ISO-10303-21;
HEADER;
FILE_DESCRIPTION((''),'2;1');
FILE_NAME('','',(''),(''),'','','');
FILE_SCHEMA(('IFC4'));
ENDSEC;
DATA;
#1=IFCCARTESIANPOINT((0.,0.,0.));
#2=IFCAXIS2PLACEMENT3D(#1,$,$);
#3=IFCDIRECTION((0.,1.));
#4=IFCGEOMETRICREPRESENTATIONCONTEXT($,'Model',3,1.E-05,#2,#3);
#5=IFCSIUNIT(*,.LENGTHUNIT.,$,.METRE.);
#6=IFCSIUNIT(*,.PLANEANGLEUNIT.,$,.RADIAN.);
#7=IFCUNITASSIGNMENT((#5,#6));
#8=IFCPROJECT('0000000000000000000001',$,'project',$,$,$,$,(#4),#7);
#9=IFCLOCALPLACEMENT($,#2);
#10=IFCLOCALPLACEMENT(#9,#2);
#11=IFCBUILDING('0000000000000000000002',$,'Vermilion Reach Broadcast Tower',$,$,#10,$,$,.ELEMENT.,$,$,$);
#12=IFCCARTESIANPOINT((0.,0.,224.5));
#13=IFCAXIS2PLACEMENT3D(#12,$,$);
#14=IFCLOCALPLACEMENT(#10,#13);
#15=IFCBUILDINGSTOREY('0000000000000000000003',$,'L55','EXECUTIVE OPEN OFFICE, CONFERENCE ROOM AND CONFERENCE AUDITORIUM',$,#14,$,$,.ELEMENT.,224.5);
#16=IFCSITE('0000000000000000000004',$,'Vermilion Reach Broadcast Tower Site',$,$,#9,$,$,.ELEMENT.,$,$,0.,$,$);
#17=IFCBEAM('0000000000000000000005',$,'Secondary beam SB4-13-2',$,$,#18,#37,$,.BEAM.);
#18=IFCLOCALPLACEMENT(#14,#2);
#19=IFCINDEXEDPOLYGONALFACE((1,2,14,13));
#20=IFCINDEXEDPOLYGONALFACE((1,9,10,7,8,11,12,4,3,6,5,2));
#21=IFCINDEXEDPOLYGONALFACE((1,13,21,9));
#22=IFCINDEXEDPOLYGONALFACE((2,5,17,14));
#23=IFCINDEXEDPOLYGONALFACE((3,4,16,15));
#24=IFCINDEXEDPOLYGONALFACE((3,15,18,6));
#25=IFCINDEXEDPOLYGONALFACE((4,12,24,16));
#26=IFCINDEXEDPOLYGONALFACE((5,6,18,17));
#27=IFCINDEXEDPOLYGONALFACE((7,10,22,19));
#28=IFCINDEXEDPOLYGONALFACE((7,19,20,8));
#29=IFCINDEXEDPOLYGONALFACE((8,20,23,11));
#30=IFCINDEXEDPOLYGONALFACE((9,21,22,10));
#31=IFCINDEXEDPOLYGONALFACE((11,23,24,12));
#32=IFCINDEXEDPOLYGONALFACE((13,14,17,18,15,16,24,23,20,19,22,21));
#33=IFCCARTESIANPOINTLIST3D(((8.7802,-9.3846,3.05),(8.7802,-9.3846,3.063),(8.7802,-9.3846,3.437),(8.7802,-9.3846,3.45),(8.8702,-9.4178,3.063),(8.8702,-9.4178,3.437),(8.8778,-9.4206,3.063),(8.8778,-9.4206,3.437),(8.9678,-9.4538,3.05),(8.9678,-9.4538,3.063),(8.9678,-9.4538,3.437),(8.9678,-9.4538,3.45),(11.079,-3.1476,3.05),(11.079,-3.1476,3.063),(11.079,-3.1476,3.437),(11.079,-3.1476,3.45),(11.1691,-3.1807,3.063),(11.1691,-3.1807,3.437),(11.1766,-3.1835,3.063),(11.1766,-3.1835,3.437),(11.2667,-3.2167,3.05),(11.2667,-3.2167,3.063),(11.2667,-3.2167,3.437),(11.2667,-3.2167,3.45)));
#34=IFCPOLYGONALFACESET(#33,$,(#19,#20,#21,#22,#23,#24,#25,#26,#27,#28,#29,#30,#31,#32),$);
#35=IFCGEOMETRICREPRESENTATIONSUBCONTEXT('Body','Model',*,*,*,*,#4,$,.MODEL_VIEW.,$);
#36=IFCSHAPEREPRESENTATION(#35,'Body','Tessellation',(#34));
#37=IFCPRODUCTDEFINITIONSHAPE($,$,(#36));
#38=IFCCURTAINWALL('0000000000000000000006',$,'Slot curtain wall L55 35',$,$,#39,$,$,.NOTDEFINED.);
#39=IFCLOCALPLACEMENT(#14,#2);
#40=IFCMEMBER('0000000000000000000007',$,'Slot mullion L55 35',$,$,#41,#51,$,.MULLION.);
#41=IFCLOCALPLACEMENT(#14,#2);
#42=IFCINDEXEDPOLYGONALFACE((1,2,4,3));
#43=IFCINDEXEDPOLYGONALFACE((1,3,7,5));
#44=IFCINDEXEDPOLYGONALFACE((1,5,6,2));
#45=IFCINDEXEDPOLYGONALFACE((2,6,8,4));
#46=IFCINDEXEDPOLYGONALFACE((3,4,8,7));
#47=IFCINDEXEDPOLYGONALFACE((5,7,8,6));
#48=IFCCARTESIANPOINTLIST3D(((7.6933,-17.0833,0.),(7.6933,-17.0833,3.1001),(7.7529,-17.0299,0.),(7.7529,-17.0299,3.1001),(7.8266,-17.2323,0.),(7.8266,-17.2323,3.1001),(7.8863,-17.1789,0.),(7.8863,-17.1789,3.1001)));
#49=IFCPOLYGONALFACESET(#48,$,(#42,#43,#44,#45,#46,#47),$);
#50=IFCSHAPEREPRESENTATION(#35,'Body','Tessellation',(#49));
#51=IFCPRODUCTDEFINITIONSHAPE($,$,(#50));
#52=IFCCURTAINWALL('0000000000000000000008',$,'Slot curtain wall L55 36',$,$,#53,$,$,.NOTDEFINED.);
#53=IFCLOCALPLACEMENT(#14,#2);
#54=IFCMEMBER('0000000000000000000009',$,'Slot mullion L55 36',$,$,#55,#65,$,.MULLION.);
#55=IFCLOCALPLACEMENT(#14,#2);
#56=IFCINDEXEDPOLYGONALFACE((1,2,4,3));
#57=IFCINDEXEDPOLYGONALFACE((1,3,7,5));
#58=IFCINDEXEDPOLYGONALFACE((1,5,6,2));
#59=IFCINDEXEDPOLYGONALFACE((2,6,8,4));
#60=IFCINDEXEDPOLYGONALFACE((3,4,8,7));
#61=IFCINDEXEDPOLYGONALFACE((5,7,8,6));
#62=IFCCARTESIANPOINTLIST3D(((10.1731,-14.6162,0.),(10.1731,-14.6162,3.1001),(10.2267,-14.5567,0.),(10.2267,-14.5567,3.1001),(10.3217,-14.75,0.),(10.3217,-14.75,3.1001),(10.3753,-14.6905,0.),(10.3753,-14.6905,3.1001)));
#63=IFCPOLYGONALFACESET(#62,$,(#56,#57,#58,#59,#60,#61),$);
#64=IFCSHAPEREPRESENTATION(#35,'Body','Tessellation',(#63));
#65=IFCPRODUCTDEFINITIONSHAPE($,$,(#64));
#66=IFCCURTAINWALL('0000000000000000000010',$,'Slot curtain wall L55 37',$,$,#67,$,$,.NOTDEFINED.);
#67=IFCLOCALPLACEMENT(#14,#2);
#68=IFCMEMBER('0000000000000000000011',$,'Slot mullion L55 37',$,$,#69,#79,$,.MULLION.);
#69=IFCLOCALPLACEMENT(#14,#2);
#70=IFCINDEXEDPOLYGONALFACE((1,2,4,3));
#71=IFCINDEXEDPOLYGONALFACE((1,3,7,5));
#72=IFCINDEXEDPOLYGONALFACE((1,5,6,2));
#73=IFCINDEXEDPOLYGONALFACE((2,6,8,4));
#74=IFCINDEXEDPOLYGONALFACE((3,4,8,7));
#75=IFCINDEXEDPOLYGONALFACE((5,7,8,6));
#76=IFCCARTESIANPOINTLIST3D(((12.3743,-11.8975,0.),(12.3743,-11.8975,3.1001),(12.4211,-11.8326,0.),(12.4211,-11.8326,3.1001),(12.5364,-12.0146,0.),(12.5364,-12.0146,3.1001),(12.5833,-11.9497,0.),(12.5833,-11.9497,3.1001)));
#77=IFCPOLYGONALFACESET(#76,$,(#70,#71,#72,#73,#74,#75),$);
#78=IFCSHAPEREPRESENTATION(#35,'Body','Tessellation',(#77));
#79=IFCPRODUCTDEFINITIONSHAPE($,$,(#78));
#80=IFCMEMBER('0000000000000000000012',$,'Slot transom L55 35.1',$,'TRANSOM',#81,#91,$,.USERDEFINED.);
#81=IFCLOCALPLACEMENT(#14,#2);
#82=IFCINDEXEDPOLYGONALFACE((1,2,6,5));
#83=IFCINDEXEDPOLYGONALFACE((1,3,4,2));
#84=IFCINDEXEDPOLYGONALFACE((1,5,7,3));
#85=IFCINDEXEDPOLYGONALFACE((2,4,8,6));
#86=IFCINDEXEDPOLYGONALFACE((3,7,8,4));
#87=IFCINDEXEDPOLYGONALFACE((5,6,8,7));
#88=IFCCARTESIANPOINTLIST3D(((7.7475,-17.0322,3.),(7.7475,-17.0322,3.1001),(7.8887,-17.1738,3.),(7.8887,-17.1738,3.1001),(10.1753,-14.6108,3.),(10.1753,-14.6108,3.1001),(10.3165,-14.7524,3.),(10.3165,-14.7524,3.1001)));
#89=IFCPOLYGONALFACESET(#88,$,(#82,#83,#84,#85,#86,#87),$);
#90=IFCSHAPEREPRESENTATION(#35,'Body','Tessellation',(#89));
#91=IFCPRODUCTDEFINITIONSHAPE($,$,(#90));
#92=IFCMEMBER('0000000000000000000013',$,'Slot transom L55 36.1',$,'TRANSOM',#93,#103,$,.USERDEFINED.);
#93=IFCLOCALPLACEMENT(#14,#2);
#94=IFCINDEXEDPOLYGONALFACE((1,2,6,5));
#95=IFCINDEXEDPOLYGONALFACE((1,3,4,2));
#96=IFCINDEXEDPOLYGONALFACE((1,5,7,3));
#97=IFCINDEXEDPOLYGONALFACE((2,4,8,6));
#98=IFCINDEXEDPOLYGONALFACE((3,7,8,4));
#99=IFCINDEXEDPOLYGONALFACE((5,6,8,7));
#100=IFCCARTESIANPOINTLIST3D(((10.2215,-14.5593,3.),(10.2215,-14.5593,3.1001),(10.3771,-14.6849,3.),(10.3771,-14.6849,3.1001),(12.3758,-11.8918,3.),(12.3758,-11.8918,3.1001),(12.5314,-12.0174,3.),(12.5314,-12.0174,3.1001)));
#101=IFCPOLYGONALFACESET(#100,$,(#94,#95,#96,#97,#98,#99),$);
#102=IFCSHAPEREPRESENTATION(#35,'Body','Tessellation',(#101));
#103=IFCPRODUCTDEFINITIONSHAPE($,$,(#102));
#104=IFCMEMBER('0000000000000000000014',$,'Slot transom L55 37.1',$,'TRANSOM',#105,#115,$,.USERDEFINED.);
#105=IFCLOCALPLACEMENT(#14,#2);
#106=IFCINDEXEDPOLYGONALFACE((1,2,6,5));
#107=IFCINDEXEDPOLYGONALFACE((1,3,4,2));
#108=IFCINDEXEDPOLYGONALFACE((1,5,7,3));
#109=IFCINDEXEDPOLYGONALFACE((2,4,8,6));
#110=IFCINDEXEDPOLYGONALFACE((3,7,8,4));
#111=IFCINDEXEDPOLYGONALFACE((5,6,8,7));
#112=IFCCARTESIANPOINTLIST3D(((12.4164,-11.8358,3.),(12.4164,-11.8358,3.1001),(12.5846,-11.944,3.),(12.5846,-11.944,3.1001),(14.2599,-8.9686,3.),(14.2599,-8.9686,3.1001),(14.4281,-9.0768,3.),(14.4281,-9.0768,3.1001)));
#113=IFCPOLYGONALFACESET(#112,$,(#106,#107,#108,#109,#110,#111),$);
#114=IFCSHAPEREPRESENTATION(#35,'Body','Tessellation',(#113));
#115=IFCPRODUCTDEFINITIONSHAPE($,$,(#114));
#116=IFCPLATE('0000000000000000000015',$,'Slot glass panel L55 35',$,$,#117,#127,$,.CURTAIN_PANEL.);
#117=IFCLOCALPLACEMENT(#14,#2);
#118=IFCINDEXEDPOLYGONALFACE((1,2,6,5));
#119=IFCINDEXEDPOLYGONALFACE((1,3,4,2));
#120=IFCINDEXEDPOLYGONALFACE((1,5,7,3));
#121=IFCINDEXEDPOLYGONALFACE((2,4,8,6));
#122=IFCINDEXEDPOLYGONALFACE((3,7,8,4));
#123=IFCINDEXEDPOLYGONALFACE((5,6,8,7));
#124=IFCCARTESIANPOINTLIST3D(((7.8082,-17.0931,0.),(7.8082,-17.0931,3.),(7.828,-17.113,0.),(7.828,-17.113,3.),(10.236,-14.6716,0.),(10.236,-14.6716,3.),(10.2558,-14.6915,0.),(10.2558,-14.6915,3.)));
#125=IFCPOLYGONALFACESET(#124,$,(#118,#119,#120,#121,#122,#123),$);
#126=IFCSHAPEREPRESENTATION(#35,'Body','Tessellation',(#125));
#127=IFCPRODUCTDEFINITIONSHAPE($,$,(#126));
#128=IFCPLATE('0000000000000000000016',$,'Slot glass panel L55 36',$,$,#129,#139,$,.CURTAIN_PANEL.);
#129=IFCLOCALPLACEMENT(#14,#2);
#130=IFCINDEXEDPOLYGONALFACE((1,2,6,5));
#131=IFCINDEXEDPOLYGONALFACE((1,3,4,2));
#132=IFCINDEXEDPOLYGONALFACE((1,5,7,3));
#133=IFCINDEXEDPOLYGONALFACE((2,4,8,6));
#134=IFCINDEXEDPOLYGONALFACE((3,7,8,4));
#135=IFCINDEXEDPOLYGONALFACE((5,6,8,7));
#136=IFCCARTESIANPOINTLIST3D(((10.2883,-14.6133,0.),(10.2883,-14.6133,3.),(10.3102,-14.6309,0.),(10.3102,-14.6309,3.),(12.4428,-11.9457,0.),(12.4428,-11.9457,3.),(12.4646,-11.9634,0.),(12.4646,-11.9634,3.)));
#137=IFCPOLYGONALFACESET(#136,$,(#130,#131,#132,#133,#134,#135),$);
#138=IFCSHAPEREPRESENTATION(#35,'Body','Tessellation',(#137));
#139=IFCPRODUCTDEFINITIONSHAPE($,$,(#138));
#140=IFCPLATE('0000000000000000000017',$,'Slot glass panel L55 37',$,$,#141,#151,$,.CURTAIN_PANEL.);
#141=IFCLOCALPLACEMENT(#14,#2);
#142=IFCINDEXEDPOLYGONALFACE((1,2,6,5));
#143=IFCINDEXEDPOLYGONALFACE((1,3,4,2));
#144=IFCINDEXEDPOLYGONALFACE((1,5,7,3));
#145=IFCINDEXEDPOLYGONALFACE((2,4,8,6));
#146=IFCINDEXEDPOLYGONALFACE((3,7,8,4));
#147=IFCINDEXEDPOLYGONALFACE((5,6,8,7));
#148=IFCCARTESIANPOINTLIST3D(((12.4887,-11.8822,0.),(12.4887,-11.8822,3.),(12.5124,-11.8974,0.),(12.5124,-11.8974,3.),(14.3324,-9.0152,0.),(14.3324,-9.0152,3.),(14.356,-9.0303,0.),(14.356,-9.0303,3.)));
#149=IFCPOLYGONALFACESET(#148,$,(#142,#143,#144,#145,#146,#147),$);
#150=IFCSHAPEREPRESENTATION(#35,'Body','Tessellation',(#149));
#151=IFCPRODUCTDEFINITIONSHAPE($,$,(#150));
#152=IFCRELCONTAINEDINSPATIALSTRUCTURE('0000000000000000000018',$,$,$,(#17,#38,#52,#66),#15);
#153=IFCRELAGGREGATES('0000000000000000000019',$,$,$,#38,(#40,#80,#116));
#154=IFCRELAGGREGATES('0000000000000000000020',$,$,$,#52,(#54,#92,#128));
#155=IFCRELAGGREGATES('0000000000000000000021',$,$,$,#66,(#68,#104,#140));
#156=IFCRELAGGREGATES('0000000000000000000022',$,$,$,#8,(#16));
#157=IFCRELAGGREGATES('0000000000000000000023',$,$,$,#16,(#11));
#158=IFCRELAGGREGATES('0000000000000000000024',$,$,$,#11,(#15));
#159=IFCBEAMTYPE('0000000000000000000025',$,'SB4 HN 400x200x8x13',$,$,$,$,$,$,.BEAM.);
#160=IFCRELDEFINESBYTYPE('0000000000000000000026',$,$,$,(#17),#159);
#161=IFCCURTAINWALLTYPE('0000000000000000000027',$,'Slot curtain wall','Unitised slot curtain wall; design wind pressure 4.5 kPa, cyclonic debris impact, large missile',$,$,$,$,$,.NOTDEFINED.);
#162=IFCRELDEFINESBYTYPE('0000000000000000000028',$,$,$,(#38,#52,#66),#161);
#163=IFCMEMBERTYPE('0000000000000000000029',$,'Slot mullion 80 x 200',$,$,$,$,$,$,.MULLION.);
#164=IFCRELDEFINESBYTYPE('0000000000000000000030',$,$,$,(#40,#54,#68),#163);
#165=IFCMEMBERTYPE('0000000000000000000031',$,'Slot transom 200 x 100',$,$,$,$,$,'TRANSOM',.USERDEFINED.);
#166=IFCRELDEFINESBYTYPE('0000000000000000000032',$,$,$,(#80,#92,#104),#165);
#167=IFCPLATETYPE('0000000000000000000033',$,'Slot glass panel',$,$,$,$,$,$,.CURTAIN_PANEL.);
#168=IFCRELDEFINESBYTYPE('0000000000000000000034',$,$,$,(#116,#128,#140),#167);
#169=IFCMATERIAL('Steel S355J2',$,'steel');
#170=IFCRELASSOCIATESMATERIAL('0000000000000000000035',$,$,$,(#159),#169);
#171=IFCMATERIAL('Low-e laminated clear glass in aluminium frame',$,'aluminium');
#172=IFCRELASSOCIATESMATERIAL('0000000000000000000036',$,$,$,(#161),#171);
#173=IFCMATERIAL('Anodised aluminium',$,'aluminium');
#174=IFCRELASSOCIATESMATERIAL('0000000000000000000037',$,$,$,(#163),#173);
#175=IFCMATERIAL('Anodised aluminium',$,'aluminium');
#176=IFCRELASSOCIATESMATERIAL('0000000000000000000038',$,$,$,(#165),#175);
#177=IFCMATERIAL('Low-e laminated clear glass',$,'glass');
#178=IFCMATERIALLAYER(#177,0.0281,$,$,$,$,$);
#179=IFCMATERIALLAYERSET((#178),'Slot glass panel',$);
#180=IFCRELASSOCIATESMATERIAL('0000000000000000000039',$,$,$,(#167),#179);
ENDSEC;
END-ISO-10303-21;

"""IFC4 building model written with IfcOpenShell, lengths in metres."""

from ifc_helpers import new_model, si_unit, direction, frame, origin, origin_2d, place, context, subcontext, project, spatial, rectangle, i_section, extrude, material, layer, layer_set, material_profile, profile_set, type_object, element, aggregate, save


model = new_model("IFC4")

# Units and contexts
model_context = context("Model", 3, precision=1e-05, world=origin(), true_north=direction((0.0, 1.0)))
body_context = subcontext(model_context, "Body", "Model", "MODEL_VIEW")
ifc_project = project(units=[si_unit("LENGTHUNIT", "METRE"), si_unit("PLANEANGLEUNIT", "RADIAN")], contexts=[model_context])

# Site, building, storey
site_placement = place(None, origin())
site = spatial("IfcSite", under=ifc_project, at=site_placement, Name="Vermilion Reach Broadcast Tower Site", CompositionType="ELEMENT", RefElevation=0.0)
building_placement = place(site_placement, origin())
building = spatial("IfcBuilding", under=site, at=building_placement, Name="Vermilion Reach Broadcast Tower", CompositionType="ELEMENT")
storey_placement = place(building_placement, frame((0.0, 0.0, 224.5)))
storey = spatial("IfcBuildingStorey", under=building, at=storey_placement, Name="L55", Description="EXECUTIVE OPEN OFFICE, CONFERENCE ROOM AND CONFERENCE AUDITORIUM", CompositionType="ELEMENT", Elevation=224.5)

# Beam
ifc_material_1 = material(Name="Steel S355J2", Category="steel")
ifc_material_profile_1 = material_profile(ifc_material_1, i_section(OverallWidth=0.2, OverallDepth=0.3999, WebThickness=0.0081, FlangeThickness=0.0129, at=origin_2d()), Name="S355J2 HN 400x200x8x13")
ifc_profile_set_1 = profile_set([ifc_material_profile_1], Name="Steel S355J2")
beam_type_1 = type_object("IfcBeamType", Name="SB4 HN 400x200x8x13", PredefinedType="BEAM", material=ifc_profile_set_1)
beam_1_placement = place(storey_placement, frame((8.874, -9.4192, 3.25), z_axis=(0.345833, 0.938296, 0.0), x_axis=(-0.938296, 0.345833, 0.0)))
element("IfcBeam", 1, at=beam_1_placement, inside=storey, type_object=beam_type_1, Name="Secondary beam SB4-13-2", PredefinedType="BEAM", context=body_context, shape_type="SweptSolid", body=[
    extrude(i_section(OverallWidth=0.2, OverallDepth=0.3999, WebThickness=0.0081, FlangeThickness=0.0129, at=origin_2d()), origin(), (0.0, 0.0, 1.0), 6.6472),
])

# Curtain walls, members
ifc_material_2 = material(Name="Low-e laminated clear glass in aluminium frame", Category="aluminium")
curtain_wall_type = type_object("IfcCurtainWallType", Name="Slot curtain wall", Description="Unitised slot curtain wall; design wind pressure 4.5 kPa, cyclonic debris impact, large missile", PredefinedType="NOTDEFINED", material=ifc_material_2)
placement = place(storey_placement, origin())
curtain_wall_1 = element("IfcCurtainWall", 2, at=placement, inside=storey, type_object=curtain_wall_type, Name="Slot curtain wall L55 35", PredefinedType="NOTDEFINED")
ifc_material_3 = material(Name="Anodised aluminium", Category="aluminium")
ifc_material_profile_2 = material_profile(ifc_material_3, rectangle(XDim=0.2, YDim=0.0801, at=origin_2d()), Name="Slot mullion 80 x 200")
ifc_profile_set_2 = profile_set([ifc_material_profile_2], Name="Anodised aluminium")
member_type_1 = type_object("IfcMemberType", Name="Slot mullion 80 x 200", PredefinedType="MULLION", material=ifc_profile_set_2)
member_1_placement = place(storey_placement, frame((7.7898, -17.1311, 0.0), z_axis=(0.0, 0.0, 1.0), x_axis=(-0.666976, 0.74508, 0.0)))
member_1 = element("IfcMember", 3, at=member_1_placement, type_object=member_type_1, Name="Slot mullion L55 35", PredefinedType="MULLION", context=body_context, shape_type="SweptSolid", body=[
    extrude(rectangle(XDim=0.2, YDim=0.0801, at=origin_2d()), origin(), (0.0, 0.0, 1.0), 3.1001),
])
curtain_wall_2 = element("IfcCurtainWall", 4, at=placement, inside=storey, type_object=curtain_wall_type, Name="Slot curtain wall L55 36", PredefinedType="NOTDEFINED")
member_2_placement = place(storey_placement, frame((10.2742, -14.6533, 0.0), z_axis=(0.0, 0.0, 1.0), x_axis=(-0.743145, 0.669131, 0.0)))
member_2 = element("IfcMember", 5, at=member_2_placement, type_object=member_type_1, Name="Slot mullion L55 36", PredefinedType="MULLION", context=body_context, shape_type="SweptSolid", body=[
    extrude(rectangle(XDim=0.2, YDim=0.0801, at=origin_2d()), origin(), (0.0, 0.0, 1.0), 3.1001),
])
curtain_wall_3 = element("IfcCurtainWall", 6, at=placement, inside=storey, type_object=curtain_wall_type, Name="Slot curtain wall L55 37", PredefinedType="NOTDEFINED")
member_3_placement = place(storey_placement, frame((12.4788, -11.9236, 0.0), z_axis=(0.0, 0.0, 1.0), x_axis=(-0.810716, 0.58544, 0.0)))
member_3 = element("IfcMember", 7, at=member_3_placement, type_object=member_type_1, Name="Slot mullion L55 37", PredefinedType="MULLION", context=body_context, shape_type="SweptSolid", body=[
    extrude(rectangle(XDim=0.2, YDim=0.0801, at=origin_2d()), origin(), (0.0, 0.0, 1.0), 3.1001),
])

# Members
ifc_material_4 = material(Name="Anodised aluminium", Category="aluminium")
ifc_material_profile_3 = material_profile(ifc_material_4, rectangle(XDim=0.2, YDim=0.1001, at=origin_2d()), Name="Slot transom 200 x 100")
ifc_profile_set_3 = profile_set([ifc_material_profile_3], Name="Anodised aluminium")
member_type_2 = type_object("IfcMemberType", Name="Slot transom 200 x 100", ElementType="TRANSOM", PredefinedType="USERDEFINED", material=ifc_profile_set_3)
member_4_placement = place(storey_placement, frame((7.8181, -17.103, 3.05), z_axis=(0.708032, 0.706181, 0.0), x_axis=(-0.706181, 0.708032, 0.0)))
member_4 = element("IfcMember", 8, at=member_4_placement, type_object=member_type_2, Name="Slot transom L55 35.1", ObjectType="TRANSOM", PredefinedType="USERDEFINED", context=body_context, shape_type="SweptSolid", body=[
    extrude(rectangle(XDim=0.2, YDim=0.1001, at=origin_2d()), origin(), (0.0, 0.0, 1.0), 3.429),
])
member_5_placement = place(storey_placement, frame((10.2993, -14.6221, 3.05), z_axis=(0.628301, 0.777971, 0.0), x_axis=(-0.777971, 0.628301, 0.0)))
member_5 = element("IfcMember", 9, at=member_5_placement, type_object=member_type_2, Name="Slot transom L55 36.1", ObjectType="TRANSOM", PredefinedType="USERDEFINED", context=body_context, shape_type="SweptSolid", body=[
    extrude(rectangle(XDim=0.2, YDim=0.1001, at=origin_2d()), origin(), (0.0, 0.0, 1.0), 3.4287),
])
member_6_placement = place(storey_placement, frame((12.5005, -11.8899, 3.05), z_axis=(0.540823, 0.841137, 0.0), x_axis=(-0.841137, 0.540823, 0.0)))
member_6 = element("IfcMember", 10, at=member_6_placement, type_object=member_type_2, Name="Slot transom L55 37.1", ObjectType="TRANSOM", PredefinedType="USERDEFINED", context=body_context, shape_type="SweptSolid", body=[
    extrude(rectangle(XDim=0.2, YDim=0.1001, at=origin_2d()), origin(), (0.0, 0.0, 1.0), 3.4087),
])

# Plates
ifc_material_5 = material(Name="Low-e laminated clear glass", Category="glass")
ifc_layer_1 = layer(ifc_material_5, 0.0281)
ifc_layer_set_1 = layer_set([ifc_layer_1], Name="Slot glass panel")
plate_type = type_object("IfcPlateType", Name="Slot glass panel", PredefinedType="CURTAIN_PANEL", material=ifc_layer_set_1)
plate_1_placement = place(storey_placement, frame((9.032, -15.8923, 0.0), z_axis=(0.0, 0.0, 1.0), x_axis=(0.708023, 0.706189, 0.0)))
plate_1 = element("IfcPlate", 11, at=plate_1_placement, type_object=plate_type, Name="Slot glass panel L55 35", PredefinedType="CURTAIN_PANEL", context=body_context, shape_type="SweptSolid", body=[
    extrude(rectangle(XDim=3.429, YDim=0.0281, at=origin_2d()), origin(), (0.0, 0.0, 1.0), 3.0),
])
aggregate(curtain_wall_1, [member_1, member_4, plate_1])
plate_2_placement = place(storey_placement, frame((11.3765, -13.2883, 0.0), z_axis=(0.0, 0.0, 1.0), x_axis=(0.628312, 0.777962, 0.0)))
plate_2 = element("IfcPlate", 12, at=plate_2_placement, type_object=plate_type, Name="Slot glass panel L55 36", PredefinedType="CURTAIN_PANEL", context=body_context, shape_type="SweptSolid", body=[
    extrude(rectangle(XDim=3.429, YDim=0.0281, at=origin_2d()), origin(), (0.0, 0.0, 1.0), 3.0),
])
aggregate(curtain_wall_2, [member_2, member_5, plate_2])
plate_3_placement = place(storey_placement, frame((13.4224, -10.4563, 0.0), z_axis=(0.0, 0.0, 1.0), x_axis=(0.540864, 0.84111, 0.0)))
plate_3 = element("IfcPlate", 13, at=plate_3_placement, type_object=plate_type, Name="Slot glass panel L55 37", PredefinedType="CURTAIN_PANEL", context=body_context, shape_type="SweptSolid", body=[
    extrude(rectangle(XDim=3.4087, YDim=0.0281, at=origin_2d()), origin(), (0.0, 0.0, 1.0), 3.0),
])
aggregate(curtain_wall_3, [member_3, member_6, plate_3])

save(model, "model.ifc")
